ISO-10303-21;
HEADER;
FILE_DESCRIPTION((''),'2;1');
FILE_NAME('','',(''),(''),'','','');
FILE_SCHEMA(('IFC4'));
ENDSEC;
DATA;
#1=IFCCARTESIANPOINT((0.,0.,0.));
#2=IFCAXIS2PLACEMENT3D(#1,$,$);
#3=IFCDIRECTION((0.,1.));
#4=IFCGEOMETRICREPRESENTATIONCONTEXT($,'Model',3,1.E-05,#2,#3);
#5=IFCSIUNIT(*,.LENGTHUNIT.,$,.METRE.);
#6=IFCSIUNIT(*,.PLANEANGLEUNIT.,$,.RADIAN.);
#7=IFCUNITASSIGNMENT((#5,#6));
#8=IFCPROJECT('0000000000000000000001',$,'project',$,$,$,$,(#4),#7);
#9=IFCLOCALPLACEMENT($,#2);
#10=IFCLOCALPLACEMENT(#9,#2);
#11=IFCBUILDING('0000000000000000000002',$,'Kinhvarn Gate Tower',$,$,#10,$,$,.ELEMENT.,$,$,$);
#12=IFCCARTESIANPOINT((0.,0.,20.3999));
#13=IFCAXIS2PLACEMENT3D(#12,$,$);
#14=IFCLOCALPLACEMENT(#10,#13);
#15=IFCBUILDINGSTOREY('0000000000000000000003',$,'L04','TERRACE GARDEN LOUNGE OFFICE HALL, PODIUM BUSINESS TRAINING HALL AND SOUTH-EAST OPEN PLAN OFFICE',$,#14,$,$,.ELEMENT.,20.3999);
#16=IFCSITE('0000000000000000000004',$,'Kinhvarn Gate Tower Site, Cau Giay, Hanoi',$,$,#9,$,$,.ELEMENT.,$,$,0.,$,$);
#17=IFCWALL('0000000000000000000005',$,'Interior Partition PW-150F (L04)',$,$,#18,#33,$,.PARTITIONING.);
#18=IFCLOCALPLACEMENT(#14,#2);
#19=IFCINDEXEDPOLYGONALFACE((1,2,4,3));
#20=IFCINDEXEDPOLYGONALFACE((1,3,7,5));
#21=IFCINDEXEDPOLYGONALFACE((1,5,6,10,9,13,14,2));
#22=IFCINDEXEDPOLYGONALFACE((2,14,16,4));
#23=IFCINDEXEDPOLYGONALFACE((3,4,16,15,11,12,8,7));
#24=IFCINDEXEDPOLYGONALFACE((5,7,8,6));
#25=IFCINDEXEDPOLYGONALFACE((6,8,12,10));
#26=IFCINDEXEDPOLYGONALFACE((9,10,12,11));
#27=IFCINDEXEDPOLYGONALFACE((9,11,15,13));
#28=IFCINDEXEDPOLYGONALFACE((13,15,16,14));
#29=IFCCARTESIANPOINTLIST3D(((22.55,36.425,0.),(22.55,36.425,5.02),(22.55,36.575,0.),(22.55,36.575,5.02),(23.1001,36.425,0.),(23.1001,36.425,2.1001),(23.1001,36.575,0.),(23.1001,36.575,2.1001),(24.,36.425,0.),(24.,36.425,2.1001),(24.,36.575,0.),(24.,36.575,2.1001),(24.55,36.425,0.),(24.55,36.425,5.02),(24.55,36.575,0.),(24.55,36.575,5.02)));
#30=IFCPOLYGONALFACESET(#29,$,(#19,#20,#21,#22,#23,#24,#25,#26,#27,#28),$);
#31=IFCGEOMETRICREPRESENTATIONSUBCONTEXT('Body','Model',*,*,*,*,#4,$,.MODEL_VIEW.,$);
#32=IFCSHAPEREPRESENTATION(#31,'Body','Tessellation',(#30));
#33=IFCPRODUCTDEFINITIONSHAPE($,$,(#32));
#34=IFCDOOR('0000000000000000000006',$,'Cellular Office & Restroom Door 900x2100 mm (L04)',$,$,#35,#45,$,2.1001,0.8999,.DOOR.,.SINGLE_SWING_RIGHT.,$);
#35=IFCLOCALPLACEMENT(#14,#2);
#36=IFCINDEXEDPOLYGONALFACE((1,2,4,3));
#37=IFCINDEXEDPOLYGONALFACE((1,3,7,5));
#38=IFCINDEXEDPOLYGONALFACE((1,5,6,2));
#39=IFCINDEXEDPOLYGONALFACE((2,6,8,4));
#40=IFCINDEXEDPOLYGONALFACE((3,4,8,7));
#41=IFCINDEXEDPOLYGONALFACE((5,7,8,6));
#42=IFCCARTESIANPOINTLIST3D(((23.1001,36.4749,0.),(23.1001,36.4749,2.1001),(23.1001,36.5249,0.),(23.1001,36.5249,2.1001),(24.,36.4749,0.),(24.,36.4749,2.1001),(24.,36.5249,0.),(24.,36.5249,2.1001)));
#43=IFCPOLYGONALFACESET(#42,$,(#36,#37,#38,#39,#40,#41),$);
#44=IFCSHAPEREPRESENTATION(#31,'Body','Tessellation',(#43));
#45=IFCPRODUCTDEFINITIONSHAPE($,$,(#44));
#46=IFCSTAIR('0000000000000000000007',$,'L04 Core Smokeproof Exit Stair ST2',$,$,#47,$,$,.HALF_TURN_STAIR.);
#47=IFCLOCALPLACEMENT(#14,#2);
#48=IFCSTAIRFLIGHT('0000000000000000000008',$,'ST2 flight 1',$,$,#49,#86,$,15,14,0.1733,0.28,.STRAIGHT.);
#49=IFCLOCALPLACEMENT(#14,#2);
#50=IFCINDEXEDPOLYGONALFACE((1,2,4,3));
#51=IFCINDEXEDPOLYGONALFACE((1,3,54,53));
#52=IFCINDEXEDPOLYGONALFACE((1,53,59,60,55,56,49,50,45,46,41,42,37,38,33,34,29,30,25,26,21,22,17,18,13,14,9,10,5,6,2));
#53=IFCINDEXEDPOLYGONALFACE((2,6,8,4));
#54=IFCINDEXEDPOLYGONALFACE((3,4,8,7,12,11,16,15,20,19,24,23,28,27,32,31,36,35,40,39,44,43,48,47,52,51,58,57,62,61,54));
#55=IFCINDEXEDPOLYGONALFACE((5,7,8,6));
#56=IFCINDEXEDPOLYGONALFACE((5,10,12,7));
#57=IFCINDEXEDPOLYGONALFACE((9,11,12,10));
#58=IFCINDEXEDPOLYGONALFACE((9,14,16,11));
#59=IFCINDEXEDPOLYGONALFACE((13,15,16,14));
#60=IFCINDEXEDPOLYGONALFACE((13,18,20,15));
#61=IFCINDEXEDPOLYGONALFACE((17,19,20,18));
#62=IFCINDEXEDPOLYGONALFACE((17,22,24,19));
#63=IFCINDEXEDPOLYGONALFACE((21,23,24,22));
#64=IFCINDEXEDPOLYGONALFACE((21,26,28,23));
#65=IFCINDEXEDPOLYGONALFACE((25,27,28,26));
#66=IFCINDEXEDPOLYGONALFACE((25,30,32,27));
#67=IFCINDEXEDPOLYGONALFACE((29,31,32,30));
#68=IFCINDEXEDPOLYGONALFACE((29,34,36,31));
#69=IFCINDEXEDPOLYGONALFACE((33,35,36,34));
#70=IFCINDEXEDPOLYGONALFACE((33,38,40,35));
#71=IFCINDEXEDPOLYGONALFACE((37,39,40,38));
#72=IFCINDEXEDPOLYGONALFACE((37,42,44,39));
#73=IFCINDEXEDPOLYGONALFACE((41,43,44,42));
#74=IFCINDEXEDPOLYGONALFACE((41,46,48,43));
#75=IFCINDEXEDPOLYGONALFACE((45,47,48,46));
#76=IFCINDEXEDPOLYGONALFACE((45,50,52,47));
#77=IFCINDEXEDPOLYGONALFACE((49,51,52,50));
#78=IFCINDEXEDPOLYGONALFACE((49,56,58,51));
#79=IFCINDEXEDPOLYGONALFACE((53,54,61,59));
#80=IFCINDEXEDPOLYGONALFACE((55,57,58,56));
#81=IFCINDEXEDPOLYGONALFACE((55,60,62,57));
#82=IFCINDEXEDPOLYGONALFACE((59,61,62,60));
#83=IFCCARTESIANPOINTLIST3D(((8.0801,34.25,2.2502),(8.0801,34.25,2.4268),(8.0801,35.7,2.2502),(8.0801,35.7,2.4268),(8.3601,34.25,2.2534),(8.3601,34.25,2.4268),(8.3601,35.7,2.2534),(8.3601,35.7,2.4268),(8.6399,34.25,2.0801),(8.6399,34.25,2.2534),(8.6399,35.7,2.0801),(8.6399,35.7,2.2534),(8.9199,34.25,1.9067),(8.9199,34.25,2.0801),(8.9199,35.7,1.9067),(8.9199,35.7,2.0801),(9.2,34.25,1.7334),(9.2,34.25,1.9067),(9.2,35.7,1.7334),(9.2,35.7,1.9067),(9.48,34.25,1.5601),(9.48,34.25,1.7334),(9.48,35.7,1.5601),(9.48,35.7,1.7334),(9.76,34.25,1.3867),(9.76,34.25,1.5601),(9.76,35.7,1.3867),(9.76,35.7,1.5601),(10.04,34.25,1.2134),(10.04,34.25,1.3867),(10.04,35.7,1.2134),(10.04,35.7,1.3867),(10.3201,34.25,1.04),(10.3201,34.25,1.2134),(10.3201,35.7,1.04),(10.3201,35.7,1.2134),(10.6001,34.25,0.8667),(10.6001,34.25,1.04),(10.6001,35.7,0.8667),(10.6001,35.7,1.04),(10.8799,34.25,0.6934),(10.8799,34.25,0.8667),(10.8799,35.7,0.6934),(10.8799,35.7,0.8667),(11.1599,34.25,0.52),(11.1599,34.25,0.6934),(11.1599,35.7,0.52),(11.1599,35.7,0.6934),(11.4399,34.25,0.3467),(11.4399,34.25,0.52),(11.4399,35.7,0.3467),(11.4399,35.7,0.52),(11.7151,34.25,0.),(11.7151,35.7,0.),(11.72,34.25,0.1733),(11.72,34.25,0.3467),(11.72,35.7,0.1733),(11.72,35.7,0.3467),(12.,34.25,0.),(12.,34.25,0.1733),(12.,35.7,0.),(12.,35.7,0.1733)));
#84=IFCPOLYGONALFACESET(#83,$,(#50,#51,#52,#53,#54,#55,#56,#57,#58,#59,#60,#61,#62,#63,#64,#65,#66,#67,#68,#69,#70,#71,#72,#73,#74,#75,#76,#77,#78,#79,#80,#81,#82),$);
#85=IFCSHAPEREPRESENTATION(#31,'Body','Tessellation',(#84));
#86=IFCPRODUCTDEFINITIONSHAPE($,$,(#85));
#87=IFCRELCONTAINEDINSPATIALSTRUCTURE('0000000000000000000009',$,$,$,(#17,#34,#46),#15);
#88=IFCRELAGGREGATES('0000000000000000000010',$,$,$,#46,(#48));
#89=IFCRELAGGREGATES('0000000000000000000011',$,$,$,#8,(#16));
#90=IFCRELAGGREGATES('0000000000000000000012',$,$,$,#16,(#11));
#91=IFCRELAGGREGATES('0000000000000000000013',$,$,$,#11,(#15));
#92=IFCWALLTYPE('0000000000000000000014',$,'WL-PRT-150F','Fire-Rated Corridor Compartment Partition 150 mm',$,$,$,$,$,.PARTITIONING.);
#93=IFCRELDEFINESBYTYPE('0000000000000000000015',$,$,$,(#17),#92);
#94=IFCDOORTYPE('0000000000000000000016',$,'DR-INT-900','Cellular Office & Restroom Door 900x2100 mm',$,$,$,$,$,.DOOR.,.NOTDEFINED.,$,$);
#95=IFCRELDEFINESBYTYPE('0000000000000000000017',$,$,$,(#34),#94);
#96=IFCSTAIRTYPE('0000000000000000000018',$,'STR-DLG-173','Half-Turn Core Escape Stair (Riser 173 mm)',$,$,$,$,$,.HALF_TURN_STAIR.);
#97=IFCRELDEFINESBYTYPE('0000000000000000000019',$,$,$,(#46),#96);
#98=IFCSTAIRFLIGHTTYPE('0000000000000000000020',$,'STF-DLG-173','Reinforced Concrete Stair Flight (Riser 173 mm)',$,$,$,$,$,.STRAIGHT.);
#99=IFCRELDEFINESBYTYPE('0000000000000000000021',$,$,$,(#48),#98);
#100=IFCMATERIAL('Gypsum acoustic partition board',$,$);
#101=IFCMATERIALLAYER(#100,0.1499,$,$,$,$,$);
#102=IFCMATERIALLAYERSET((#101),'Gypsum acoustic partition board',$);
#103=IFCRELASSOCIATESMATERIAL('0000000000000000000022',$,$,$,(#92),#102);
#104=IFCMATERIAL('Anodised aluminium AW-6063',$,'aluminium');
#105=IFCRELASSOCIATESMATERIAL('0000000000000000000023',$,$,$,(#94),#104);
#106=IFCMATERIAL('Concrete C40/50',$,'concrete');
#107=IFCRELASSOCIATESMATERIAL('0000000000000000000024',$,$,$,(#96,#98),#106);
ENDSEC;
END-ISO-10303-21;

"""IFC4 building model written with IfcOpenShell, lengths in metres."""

from ifc_helpers import new_model, si_unit, direction, frame, frame_2d, origin, place, context, subcontext, project, spatial, polyline, rectangle, outline, extrude, material, layer, layer_set, type_object, element, fill, aggregate, save


model = new_model("IFC4")

# Units and contexts
model_context = context("Model", 3, precision=1e-05, world=origin(), true_north=direction((0.0, 1.0)))
body_context = subcontext(model_context, "Body", "Model", "MODEL_VIEW")
ifc_project = project(units=[si_unit("LENGTHUNIT", "METRE"), si_unit("PLANEANGLEUNIT", "RADIAN")], contexts=[model_context])

# Site, building, storey
site_placement = place(None, origin())
site = spatial("IfcSite", under=ifc_project, at=site_placement, Name="Kinhvarn Gate Tower Site, Cau Giay, Hanoi", CompositionType="ELEMENT", RefElevation=0.0)
building_placement = place(site_placement, origin())
building = spatial("IfcBuilding", under=site, at=building_placement, Name="Kinhvarn Gate Tower", CompositionType="ELEMENT")
storey_placement = place(building_placement, frame((0.0, 0.0, 20.3999)))
storey = spatial("IfcBuildingStorey", under=building, at=storey_placement, Name="L04", Description="TERRACE GARDEN LOUNGE OFFICE HALL, PODIUM BUSINESS TRAINING HALL AND SOUTH-EAST OPEN PLAN OFFICE", CompositionType="ELEMENT", Elevation=20.3999)

# Shared definitions
ifc_material_1 = material(Name="Anodised aluminium AW-6063", Category="aluminium")

# Shared definitions
ifc_material_2 = material(Name="Gypsum acoustic partition board")

# Shared definitions
ifc_layer_1 = layer(ifc_material_2, 0.1499)
ifc_layer_set_1 = layer_set([ifc_layer_1], Name="Gypsum acoustic partition board")
wall_type_1 = type_object("IfcWallType", Name="WL-PRT-150F", Description="Fire-Rated Corridor Compartment Partition 150 mm", PredefinedType="PARTITIONING", material=ifc_layer_set_1)

# Wall, opening, door
wall_1_placement = place(storey_placement, frame((22.55, 36.5, 0.0), z_axis=(0.0, 0.0, 1.0), x_axis=(1.0, 0.0, 0.0)))
wall_1 = element("IfcWall", 1, at=wall_1_placement, inside=storey, type_object=wall_type_1, Name="Interior Partition PW-150F (L04)", PredefinedType="PARTITIONING", context=body_context, shape_type="SweptSolid", body=[
    extrude(rectangle(XDim=2.0, YDim=0.1499, at=frame_2d((1.0, 0.0))), origin(), (0.0, 0.0, 1.0), 5.02),
])
opening_1_placement = place(wall_1_placement, frame((0.55, 0.0, 0.0)))
opening_1 = element("IfcOpeningElement", 2, at=opening_1_placement, cuts=wall_1, PredefinedType="OPENING", context=body_context, shape_type="SweptSolid", body=[
    extrude(rectangle(XDim=0.8999, YDim=2.1001, at=frame_2d((0.45, 1.05))), frame((0.0, 0.085, 0.0), z_axis=(0.0, -1.0, 0.0), x_axis=(1.0, 0.0, 0.0)), (0.0, 0.0, 1.0), 0.1699),
])
door_type_1 = type_object("IfcDoorType", Name="DR-INT-900", Description="Cellular Office & Restroom Door 900x2100 mm", OperationType="NOTDEFINED", PredefinedType="DOOR", material=ifc_material_1)
door_1_placement = place(opening_1_placement, origin())
door_1 = element("IfcDoor", 3, at=door_1_placement, inside=storey, type_object=door_type_1, Name="Cellular Office & Restroom Door 900x2100 mm (L04)", OperationType="SINGLE_SWING_RIGHT", OverallHeight=2.1001, OverallWidth=0.8999, PredefinedType="DOOR", context=body_context, shape_type="SweptSolid", body=[
    extrude(rectangle(XDim=0.8999, YDim=2.1001, at=frame_2d((0.45, 1.05))), frame((0.0, 0.0249, 0.0), z_axis=(0.0, -1.0, 0.0), x_axis=(1.0, 0.0, 0.0)), (0.0, 0.0, 1.0), 0.05),
])
fill(opening_1, door_1)
ifc_material_3 = material(Name="Concrete C40/50", Category="concrete")

# Stair, stair flight
stair_type = type_object("IfcStairType", Name="STR-DLG-173", Description="Half-Turn Core Escape Stair (Riser 173 mm)", PredefinedType="HALF_TURN_STAIR", material=ifc_material_3)
stair_placement = place(storey_placement, origin())
stair = element("IfcStair", 4, at=stair_placement, inside=storey, type_object=stair_type, Name="L04 Core Smokeproof Exit Stair ST2", PredefinedType="HALF_TURN_STAIR")
stair_flight_type = type_object("IfcStairFlightType", Name="STF-DLG-173", Description="Reinforced Concrete Stair Flight (Riser 173 mm)", PredefinedType="STRAIGHT", material=ifc_material_3)
stair_flight_placement = place(storey_placement, frame((12.0, 34.9751, 0.0), z_axis=(0.0, 0.0, 1.0), x_axis=(-1.0, 0.0, 0.0)))
stair_flight = element("IfcStairFlight", 5, at=stair_flight_placement, type_object=stair_flight_type, Name="ST2 flight 1", NumberOfRisers=15, NumberOfTreads=14, PredefinedType="STRAIGHT", RiserHeight=0.1733, TreadLength=0.28, context=body_context, shape_type="SweptSolid", body=[
    extrude(outline(polyline([(0.0, 0.0), (0.0, 0.1733), (0.28, 0.1733), (0.28, 0.3467), (0.5601, 0.3467), (0.5601, 0.52), (0.8401, 0.52), (0.8401, 0.6934), (1.1201, 0.6934), (1.1201, 0.8667), (1.3999, 0.8667), (1.3999, 1.04), (1.6799, 1.04), (1.6799, 1.2134), (1.96, 1.2134), (1.96, 1.3867), (2.24, 1.3867), (2.24, 1.5601), (2.52, 1.5601), (2.52, 1.7334), (2.8, 1.7334), (2.8, 1.9067), (3.0801, 1.9067), (3.0801, 2.0801), (3.3601, 2.0801), (3.3601, 2.2534), (3.6399, 2.2534), (3.6399, 2.4268), (3.9199, 2.4268), (3.9199, 2.6001), (3.9199, 2.2502), (0.2849, 0.0), (0.0, 0.0)])), frame((0.0, 0.7251, 0.0), z_axis=(0.0, -1.0, 0.0), x_axis=(1.0, 0.0, 0.0)), (0.0, 0.0, 1.0), 1.45),
])
aggregate(stair, [stair_flight])

save(model, "model.ifc")
